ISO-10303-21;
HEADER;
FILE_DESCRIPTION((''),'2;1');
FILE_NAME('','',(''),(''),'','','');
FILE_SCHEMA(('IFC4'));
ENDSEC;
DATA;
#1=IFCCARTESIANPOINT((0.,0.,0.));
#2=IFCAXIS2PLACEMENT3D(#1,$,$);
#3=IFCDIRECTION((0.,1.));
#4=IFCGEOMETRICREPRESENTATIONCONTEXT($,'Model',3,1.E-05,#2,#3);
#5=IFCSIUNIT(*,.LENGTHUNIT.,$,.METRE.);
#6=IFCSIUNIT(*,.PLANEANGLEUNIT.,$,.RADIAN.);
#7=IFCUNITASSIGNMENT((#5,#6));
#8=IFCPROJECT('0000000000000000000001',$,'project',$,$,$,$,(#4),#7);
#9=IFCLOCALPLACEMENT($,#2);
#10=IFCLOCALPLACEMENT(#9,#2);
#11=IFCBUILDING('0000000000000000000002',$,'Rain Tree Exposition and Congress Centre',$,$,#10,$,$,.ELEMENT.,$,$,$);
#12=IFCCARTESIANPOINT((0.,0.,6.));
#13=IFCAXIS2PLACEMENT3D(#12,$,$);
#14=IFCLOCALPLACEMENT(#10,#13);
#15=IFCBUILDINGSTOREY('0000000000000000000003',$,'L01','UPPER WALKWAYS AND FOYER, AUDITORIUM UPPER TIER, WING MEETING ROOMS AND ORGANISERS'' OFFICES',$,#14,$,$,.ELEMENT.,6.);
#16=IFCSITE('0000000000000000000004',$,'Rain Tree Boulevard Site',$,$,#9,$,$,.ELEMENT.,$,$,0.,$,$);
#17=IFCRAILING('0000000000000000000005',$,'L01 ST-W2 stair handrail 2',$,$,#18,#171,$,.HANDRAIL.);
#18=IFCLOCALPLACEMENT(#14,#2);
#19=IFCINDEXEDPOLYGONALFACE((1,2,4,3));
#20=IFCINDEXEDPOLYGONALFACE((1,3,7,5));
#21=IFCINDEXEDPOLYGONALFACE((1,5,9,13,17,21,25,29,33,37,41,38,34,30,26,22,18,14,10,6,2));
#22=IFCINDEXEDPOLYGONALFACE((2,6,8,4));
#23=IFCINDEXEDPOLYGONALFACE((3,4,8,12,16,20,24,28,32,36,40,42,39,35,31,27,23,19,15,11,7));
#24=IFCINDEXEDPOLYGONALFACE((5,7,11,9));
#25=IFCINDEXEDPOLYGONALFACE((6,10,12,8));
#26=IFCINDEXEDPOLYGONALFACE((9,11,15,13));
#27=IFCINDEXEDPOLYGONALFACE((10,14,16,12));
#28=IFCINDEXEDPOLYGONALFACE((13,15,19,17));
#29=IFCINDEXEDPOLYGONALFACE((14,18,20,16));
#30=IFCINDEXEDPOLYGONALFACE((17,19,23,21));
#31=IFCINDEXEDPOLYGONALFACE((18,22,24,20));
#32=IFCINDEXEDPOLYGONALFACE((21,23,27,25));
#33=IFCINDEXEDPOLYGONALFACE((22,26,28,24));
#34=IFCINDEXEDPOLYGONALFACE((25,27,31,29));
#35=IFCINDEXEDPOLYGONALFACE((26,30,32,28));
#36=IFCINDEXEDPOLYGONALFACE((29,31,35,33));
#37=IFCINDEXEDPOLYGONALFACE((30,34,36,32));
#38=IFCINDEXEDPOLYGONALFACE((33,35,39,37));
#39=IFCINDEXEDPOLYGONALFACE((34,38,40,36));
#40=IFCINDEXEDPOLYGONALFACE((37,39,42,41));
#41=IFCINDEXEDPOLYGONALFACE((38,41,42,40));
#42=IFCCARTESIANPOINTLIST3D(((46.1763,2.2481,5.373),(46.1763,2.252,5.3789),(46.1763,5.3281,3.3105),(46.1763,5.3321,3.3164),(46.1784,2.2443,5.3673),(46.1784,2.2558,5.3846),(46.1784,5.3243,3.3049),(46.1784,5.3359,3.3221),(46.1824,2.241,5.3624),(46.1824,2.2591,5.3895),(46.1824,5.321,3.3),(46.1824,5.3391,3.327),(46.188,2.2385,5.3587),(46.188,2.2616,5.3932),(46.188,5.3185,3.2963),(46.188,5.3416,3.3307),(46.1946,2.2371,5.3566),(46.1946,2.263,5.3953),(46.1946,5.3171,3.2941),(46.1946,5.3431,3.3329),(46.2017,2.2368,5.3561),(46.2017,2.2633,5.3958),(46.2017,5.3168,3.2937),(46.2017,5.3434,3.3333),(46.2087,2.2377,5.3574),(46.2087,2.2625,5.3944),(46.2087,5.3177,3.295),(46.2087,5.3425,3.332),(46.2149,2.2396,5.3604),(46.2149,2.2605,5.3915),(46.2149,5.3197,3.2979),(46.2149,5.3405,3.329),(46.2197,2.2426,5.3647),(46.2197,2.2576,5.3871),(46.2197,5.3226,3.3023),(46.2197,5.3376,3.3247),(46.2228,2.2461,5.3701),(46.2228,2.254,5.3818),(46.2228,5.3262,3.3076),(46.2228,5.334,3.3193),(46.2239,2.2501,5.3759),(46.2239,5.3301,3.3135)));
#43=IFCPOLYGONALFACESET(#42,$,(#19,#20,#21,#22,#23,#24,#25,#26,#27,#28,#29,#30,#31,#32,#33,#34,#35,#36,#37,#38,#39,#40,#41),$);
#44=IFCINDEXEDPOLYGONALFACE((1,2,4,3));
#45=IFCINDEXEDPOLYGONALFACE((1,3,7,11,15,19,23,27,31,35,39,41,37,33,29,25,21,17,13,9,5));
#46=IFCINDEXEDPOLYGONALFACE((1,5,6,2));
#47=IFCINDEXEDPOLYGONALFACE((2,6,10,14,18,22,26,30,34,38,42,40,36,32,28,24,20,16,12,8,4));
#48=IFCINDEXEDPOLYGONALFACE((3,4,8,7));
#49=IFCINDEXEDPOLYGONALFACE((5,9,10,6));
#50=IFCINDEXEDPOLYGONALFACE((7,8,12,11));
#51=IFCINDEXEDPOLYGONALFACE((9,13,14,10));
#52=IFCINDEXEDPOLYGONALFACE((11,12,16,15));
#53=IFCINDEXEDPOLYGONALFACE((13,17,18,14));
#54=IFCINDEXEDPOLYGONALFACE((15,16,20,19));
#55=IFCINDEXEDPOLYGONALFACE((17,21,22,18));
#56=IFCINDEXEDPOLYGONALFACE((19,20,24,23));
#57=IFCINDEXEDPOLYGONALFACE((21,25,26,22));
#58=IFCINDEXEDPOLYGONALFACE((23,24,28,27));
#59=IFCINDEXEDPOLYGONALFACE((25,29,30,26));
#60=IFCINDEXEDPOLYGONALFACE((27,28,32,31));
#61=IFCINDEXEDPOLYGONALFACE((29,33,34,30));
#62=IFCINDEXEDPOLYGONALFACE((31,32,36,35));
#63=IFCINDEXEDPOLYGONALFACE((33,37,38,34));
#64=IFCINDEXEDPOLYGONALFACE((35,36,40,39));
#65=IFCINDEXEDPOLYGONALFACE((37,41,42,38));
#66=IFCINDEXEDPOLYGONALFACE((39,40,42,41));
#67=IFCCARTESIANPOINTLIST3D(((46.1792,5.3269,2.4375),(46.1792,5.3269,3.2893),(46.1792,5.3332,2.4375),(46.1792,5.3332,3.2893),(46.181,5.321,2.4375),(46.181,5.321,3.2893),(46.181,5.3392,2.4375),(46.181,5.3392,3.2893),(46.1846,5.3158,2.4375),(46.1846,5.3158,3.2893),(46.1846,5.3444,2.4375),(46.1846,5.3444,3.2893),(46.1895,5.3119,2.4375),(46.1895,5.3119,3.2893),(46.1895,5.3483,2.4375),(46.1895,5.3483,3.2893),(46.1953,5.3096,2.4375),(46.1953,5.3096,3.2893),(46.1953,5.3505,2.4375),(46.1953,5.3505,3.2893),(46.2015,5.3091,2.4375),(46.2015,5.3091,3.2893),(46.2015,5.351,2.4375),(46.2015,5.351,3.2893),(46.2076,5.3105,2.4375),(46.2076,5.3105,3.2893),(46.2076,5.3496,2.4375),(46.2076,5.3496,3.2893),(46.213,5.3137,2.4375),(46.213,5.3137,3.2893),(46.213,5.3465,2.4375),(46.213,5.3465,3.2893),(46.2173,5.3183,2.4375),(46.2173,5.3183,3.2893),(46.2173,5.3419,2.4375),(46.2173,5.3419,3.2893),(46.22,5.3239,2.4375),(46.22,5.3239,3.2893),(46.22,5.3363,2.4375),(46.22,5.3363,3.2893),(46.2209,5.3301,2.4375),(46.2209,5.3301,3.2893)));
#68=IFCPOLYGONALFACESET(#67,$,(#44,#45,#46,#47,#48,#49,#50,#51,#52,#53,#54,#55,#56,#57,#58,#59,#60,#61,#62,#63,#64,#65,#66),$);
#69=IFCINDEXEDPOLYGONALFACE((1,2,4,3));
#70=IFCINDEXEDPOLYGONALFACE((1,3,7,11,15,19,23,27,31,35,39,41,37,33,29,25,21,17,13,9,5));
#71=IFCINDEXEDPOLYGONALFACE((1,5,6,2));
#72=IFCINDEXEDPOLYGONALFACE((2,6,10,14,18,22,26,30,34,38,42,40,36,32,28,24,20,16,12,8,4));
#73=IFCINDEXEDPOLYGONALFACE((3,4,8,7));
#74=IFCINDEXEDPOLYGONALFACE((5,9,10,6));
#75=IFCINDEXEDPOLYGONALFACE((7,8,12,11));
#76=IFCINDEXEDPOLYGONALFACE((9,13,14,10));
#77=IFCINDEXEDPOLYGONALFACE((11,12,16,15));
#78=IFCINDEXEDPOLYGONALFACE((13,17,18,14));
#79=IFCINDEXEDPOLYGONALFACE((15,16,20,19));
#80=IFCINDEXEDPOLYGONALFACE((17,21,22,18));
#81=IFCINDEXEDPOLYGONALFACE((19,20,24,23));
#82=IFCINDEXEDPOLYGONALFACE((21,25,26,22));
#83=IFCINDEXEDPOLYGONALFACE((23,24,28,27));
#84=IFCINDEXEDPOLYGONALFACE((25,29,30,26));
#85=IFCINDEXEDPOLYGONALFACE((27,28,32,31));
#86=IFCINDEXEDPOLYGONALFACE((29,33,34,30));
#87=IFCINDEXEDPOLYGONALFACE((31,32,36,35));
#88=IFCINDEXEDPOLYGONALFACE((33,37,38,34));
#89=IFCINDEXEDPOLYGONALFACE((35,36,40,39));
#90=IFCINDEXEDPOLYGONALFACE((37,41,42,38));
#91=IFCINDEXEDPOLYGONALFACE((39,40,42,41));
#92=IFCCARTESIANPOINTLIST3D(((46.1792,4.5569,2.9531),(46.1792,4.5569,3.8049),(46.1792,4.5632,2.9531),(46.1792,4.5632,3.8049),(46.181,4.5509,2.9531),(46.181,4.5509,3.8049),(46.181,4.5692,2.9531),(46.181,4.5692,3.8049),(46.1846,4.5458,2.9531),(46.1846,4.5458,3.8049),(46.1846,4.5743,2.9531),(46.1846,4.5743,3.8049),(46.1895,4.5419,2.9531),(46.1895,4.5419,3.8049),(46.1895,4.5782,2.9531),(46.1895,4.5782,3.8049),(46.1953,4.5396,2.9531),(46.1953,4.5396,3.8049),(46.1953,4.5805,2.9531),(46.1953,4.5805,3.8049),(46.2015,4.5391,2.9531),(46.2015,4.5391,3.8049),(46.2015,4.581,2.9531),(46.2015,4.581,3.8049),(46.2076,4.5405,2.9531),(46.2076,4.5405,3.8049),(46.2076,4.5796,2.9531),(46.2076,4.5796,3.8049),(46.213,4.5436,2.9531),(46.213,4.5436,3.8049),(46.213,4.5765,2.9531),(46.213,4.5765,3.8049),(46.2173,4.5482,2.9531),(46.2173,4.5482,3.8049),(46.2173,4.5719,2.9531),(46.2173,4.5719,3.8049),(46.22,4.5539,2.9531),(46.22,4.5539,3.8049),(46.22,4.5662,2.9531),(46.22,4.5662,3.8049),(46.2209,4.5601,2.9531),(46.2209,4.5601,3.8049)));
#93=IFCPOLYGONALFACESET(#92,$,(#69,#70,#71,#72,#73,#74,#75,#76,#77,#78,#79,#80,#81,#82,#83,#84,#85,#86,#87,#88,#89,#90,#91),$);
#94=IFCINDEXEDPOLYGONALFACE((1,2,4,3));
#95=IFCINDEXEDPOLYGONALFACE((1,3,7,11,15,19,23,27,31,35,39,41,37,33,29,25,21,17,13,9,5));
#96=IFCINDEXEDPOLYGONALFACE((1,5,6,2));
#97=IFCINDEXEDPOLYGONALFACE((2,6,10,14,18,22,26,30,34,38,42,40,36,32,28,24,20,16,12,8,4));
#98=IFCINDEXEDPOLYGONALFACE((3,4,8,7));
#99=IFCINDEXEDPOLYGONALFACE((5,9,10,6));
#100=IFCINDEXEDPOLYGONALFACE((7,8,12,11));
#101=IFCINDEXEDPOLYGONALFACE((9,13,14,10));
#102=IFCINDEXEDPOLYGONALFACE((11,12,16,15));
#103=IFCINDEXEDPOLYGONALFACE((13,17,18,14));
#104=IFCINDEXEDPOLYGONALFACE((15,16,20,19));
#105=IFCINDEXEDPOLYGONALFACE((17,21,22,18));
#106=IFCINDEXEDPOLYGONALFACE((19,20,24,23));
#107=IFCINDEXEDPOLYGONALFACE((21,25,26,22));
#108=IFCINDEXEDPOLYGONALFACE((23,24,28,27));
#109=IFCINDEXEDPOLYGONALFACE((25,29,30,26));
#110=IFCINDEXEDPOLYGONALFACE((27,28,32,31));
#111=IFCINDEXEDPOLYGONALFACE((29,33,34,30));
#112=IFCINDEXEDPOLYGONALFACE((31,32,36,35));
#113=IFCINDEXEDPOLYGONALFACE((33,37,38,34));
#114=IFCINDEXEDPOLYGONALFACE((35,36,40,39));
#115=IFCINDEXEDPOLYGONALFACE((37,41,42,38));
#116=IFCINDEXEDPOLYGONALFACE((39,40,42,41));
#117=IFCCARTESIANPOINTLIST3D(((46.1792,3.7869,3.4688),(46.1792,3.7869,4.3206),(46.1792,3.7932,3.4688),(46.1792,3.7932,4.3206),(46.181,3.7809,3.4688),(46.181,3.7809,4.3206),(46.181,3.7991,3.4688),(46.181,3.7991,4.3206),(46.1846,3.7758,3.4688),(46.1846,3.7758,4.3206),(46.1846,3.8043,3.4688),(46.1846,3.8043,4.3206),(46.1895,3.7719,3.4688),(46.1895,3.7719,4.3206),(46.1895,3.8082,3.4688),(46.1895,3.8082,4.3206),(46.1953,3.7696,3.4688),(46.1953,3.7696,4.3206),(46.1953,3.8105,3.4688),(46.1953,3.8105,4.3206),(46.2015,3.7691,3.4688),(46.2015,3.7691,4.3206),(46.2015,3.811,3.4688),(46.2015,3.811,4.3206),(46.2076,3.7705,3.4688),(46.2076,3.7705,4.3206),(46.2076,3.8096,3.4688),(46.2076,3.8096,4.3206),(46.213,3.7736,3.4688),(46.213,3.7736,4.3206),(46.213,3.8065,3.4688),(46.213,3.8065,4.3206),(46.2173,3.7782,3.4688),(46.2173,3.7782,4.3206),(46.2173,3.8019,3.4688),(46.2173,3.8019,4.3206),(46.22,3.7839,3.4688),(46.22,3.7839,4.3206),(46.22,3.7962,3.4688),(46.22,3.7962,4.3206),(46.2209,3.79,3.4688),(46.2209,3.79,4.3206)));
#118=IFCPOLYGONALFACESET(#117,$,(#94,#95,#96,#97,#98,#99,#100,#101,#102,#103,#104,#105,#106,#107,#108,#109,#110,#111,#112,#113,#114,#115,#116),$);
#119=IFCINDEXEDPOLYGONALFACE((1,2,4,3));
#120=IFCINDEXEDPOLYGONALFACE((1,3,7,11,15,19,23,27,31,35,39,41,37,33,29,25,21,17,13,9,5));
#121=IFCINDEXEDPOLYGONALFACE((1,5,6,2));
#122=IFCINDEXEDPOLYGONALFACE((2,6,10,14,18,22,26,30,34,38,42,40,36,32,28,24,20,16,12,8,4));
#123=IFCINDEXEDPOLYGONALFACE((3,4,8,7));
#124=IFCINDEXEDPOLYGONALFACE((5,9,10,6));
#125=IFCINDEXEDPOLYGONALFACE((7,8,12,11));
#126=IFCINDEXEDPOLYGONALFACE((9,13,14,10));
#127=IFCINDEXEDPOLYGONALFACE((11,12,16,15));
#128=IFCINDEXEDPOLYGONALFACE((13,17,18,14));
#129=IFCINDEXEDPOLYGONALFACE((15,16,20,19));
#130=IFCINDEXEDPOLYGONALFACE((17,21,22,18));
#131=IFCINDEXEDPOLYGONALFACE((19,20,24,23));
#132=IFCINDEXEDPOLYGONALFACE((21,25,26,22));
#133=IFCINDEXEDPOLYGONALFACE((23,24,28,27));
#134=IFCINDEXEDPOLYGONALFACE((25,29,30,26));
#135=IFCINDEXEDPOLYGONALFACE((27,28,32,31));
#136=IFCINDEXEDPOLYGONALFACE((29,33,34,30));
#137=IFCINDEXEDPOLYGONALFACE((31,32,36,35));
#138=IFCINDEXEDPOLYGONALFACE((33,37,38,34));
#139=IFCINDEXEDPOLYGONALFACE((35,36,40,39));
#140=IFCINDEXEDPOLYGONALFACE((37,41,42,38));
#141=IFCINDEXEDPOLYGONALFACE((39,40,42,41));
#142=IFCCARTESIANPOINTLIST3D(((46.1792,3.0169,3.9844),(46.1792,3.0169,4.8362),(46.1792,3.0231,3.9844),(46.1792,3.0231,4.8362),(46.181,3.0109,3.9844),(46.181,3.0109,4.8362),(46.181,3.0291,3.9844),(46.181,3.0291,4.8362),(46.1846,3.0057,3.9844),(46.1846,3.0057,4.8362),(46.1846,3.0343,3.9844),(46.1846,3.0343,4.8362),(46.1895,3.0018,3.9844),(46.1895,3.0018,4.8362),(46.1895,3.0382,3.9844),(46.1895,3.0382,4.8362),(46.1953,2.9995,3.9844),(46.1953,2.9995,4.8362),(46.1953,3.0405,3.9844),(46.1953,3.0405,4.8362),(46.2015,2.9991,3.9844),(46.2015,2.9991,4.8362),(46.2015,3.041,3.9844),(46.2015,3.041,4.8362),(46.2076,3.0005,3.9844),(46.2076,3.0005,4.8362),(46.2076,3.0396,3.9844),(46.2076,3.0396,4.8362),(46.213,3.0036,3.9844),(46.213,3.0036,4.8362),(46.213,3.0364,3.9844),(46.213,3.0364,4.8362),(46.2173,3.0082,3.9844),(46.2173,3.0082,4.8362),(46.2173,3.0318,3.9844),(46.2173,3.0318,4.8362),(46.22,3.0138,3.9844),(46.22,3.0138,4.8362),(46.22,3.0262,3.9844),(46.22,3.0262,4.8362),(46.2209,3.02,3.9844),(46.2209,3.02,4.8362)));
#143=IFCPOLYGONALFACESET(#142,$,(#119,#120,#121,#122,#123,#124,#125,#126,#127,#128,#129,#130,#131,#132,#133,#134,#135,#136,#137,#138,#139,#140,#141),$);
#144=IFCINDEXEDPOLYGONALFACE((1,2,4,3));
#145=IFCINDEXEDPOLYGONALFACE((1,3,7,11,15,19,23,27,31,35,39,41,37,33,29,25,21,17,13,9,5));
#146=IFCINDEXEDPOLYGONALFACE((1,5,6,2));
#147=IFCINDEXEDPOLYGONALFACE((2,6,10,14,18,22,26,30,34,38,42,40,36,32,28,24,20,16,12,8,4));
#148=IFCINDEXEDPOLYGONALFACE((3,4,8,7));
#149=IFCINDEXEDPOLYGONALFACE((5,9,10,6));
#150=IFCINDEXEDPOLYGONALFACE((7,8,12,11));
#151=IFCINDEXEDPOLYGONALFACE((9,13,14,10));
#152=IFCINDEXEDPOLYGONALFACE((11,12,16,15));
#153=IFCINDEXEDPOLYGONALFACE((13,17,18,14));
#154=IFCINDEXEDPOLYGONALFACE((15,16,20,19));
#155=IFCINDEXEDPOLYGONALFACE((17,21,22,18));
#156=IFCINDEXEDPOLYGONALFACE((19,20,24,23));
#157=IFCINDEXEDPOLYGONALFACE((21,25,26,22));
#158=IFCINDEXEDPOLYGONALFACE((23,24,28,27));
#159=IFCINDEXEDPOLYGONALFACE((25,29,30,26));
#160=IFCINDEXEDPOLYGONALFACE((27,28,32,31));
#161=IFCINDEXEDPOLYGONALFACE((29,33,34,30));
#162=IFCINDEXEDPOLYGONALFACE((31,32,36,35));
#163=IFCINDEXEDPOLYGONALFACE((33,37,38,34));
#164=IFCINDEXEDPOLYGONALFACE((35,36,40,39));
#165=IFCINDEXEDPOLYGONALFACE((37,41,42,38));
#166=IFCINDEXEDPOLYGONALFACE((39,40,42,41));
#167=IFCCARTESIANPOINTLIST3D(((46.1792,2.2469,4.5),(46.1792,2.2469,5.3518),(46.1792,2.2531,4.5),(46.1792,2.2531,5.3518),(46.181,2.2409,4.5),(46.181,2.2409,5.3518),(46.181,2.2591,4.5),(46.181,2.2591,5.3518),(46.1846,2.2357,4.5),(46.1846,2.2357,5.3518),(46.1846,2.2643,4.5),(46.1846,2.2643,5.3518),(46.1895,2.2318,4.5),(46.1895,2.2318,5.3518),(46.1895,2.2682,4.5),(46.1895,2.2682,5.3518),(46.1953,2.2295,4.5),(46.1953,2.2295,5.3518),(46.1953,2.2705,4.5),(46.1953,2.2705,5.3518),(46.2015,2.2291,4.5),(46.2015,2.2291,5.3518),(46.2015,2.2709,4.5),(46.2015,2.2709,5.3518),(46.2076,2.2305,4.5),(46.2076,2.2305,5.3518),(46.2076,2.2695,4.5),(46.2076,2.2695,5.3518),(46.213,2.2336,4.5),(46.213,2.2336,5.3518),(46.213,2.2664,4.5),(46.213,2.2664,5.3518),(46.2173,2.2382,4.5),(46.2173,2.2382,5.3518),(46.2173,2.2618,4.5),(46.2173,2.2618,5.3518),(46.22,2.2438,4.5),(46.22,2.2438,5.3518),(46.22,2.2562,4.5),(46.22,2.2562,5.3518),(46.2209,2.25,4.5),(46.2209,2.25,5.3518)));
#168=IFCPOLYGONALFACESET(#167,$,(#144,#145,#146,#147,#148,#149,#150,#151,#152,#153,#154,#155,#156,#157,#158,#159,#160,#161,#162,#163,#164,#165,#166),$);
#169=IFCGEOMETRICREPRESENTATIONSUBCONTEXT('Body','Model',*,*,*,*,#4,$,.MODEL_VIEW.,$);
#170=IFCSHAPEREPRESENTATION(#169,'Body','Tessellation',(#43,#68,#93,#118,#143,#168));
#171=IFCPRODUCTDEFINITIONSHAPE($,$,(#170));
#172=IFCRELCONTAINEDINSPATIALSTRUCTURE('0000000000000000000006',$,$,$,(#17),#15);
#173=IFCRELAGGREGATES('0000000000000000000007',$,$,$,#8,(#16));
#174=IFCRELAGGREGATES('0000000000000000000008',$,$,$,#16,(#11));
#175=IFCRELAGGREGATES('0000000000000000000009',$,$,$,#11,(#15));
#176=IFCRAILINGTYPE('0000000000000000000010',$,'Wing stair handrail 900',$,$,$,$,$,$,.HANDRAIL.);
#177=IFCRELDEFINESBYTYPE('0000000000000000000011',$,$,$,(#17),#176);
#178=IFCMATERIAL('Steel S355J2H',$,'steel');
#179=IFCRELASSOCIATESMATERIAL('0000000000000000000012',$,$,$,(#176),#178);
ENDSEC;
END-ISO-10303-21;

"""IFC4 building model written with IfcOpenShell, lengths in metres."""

from ifc_helpers import new_model, si_unit, direction, frame, origin, origin_2d, place, context, subcontext, project, spatial, circle, extrude, material, type_object, element, save


model = new_model("IFC4")

# Units and contexts
model_context = context("Model", 3, precision=1e-05, world=origin(), true_north=direction((0.0, 1.0)))
body_context = subcontext(model_context, "Body", "Model", "MODEL_VIEW")
ifc_project = project(units=[si_unit("LENGTHUNIT", "METRE"), si_unit("PLANEANGLEUNIT", "RADIAN")], contexts=[model_context])

# Site, building, storey
site_placement = place(None, origin())
site = spatial("IfcSite", under=ifc_project, at=site_placement, Name="Rain Tree Boulevard Site", CompositionType="ELEMENT", RefElevation=0.0)
building_placement = place(site_placement, origin())
building = spatial("IfcBuilding", under=site, at=building_placement, Name="Rain Tree Exposition and Congress Centre", CompositionType="ELEMENT")
storey_placement = place(building_placement, frame((0.0, 0.0, 6.0)))
storey = spatial("IfcBuildingStorey", under=building, at=storey_placement, Name="L01", Description="UPPER WALKWAYS AND FOYER, AUDITORIUM UPPER TIER, WING MEETING ROOMS AND ORGANISERS' OFFICES", CompositionType="ELEMENT", Elevation=6.0)

# Railing
ifc_material_1 = material(Name="Steel S355J2H", Category="steel")
railing_type_1 = type_object("IfcRailingType", Name="Wing stair handrail 900", PredefinedType="HANDRAIL", material=ifc_material_1)
railing_1_placement = place(storey_placement, frame((46.2, 5.3301, 2.4375)))
element("IfcRailing", 1, at=railing_1_placement, inside=storey, type_object=railing_type_1, Name="L01 ST-W2 stair handrail 2", PredefinedType="HANDRAIL", context=body_context, shape_type="SweptSolid", body=[
    extrude(circle(Radius=0.0239, at=origin_2d()), frame((0.0, 0.0, 0.876), z_axis=(0.0, -0.830914, 0.556401), x_axis=(1.0, 0.0, 0.0)), (0.0, 0.0, 1.0), 3.7068),
    extrude(circle(Radius=0.021, at=origin_2d()), origin(), (0.0, 0.0, 1.0), 0.8518),
    extrude(circle(Radius=0.021, at=origin_2d()), frame((0.0, -0.77, 0.5156)), (0.0, 0.0, 1.0), 0.8518),
    extrude(circle(Radius=0.021, at=origin_2d()), frame((0.0, -1.54, 1.0312)), (0.0, 0.0, 1.0), 0.8518),
    extrude(circle(Radius=0.021, at=origin_2d()), frame((0.0, -2.3101, 1.5469)), (0.0, 0.0, 1.0), 0.8518),
    extrude(circle(Radius=0.021, at=origin_2d()), frame((0.0, -3.0801, 2.0625)), (0.0, 0.0, 1.0), 0.8518),
])

save(model, "model.ifc")
